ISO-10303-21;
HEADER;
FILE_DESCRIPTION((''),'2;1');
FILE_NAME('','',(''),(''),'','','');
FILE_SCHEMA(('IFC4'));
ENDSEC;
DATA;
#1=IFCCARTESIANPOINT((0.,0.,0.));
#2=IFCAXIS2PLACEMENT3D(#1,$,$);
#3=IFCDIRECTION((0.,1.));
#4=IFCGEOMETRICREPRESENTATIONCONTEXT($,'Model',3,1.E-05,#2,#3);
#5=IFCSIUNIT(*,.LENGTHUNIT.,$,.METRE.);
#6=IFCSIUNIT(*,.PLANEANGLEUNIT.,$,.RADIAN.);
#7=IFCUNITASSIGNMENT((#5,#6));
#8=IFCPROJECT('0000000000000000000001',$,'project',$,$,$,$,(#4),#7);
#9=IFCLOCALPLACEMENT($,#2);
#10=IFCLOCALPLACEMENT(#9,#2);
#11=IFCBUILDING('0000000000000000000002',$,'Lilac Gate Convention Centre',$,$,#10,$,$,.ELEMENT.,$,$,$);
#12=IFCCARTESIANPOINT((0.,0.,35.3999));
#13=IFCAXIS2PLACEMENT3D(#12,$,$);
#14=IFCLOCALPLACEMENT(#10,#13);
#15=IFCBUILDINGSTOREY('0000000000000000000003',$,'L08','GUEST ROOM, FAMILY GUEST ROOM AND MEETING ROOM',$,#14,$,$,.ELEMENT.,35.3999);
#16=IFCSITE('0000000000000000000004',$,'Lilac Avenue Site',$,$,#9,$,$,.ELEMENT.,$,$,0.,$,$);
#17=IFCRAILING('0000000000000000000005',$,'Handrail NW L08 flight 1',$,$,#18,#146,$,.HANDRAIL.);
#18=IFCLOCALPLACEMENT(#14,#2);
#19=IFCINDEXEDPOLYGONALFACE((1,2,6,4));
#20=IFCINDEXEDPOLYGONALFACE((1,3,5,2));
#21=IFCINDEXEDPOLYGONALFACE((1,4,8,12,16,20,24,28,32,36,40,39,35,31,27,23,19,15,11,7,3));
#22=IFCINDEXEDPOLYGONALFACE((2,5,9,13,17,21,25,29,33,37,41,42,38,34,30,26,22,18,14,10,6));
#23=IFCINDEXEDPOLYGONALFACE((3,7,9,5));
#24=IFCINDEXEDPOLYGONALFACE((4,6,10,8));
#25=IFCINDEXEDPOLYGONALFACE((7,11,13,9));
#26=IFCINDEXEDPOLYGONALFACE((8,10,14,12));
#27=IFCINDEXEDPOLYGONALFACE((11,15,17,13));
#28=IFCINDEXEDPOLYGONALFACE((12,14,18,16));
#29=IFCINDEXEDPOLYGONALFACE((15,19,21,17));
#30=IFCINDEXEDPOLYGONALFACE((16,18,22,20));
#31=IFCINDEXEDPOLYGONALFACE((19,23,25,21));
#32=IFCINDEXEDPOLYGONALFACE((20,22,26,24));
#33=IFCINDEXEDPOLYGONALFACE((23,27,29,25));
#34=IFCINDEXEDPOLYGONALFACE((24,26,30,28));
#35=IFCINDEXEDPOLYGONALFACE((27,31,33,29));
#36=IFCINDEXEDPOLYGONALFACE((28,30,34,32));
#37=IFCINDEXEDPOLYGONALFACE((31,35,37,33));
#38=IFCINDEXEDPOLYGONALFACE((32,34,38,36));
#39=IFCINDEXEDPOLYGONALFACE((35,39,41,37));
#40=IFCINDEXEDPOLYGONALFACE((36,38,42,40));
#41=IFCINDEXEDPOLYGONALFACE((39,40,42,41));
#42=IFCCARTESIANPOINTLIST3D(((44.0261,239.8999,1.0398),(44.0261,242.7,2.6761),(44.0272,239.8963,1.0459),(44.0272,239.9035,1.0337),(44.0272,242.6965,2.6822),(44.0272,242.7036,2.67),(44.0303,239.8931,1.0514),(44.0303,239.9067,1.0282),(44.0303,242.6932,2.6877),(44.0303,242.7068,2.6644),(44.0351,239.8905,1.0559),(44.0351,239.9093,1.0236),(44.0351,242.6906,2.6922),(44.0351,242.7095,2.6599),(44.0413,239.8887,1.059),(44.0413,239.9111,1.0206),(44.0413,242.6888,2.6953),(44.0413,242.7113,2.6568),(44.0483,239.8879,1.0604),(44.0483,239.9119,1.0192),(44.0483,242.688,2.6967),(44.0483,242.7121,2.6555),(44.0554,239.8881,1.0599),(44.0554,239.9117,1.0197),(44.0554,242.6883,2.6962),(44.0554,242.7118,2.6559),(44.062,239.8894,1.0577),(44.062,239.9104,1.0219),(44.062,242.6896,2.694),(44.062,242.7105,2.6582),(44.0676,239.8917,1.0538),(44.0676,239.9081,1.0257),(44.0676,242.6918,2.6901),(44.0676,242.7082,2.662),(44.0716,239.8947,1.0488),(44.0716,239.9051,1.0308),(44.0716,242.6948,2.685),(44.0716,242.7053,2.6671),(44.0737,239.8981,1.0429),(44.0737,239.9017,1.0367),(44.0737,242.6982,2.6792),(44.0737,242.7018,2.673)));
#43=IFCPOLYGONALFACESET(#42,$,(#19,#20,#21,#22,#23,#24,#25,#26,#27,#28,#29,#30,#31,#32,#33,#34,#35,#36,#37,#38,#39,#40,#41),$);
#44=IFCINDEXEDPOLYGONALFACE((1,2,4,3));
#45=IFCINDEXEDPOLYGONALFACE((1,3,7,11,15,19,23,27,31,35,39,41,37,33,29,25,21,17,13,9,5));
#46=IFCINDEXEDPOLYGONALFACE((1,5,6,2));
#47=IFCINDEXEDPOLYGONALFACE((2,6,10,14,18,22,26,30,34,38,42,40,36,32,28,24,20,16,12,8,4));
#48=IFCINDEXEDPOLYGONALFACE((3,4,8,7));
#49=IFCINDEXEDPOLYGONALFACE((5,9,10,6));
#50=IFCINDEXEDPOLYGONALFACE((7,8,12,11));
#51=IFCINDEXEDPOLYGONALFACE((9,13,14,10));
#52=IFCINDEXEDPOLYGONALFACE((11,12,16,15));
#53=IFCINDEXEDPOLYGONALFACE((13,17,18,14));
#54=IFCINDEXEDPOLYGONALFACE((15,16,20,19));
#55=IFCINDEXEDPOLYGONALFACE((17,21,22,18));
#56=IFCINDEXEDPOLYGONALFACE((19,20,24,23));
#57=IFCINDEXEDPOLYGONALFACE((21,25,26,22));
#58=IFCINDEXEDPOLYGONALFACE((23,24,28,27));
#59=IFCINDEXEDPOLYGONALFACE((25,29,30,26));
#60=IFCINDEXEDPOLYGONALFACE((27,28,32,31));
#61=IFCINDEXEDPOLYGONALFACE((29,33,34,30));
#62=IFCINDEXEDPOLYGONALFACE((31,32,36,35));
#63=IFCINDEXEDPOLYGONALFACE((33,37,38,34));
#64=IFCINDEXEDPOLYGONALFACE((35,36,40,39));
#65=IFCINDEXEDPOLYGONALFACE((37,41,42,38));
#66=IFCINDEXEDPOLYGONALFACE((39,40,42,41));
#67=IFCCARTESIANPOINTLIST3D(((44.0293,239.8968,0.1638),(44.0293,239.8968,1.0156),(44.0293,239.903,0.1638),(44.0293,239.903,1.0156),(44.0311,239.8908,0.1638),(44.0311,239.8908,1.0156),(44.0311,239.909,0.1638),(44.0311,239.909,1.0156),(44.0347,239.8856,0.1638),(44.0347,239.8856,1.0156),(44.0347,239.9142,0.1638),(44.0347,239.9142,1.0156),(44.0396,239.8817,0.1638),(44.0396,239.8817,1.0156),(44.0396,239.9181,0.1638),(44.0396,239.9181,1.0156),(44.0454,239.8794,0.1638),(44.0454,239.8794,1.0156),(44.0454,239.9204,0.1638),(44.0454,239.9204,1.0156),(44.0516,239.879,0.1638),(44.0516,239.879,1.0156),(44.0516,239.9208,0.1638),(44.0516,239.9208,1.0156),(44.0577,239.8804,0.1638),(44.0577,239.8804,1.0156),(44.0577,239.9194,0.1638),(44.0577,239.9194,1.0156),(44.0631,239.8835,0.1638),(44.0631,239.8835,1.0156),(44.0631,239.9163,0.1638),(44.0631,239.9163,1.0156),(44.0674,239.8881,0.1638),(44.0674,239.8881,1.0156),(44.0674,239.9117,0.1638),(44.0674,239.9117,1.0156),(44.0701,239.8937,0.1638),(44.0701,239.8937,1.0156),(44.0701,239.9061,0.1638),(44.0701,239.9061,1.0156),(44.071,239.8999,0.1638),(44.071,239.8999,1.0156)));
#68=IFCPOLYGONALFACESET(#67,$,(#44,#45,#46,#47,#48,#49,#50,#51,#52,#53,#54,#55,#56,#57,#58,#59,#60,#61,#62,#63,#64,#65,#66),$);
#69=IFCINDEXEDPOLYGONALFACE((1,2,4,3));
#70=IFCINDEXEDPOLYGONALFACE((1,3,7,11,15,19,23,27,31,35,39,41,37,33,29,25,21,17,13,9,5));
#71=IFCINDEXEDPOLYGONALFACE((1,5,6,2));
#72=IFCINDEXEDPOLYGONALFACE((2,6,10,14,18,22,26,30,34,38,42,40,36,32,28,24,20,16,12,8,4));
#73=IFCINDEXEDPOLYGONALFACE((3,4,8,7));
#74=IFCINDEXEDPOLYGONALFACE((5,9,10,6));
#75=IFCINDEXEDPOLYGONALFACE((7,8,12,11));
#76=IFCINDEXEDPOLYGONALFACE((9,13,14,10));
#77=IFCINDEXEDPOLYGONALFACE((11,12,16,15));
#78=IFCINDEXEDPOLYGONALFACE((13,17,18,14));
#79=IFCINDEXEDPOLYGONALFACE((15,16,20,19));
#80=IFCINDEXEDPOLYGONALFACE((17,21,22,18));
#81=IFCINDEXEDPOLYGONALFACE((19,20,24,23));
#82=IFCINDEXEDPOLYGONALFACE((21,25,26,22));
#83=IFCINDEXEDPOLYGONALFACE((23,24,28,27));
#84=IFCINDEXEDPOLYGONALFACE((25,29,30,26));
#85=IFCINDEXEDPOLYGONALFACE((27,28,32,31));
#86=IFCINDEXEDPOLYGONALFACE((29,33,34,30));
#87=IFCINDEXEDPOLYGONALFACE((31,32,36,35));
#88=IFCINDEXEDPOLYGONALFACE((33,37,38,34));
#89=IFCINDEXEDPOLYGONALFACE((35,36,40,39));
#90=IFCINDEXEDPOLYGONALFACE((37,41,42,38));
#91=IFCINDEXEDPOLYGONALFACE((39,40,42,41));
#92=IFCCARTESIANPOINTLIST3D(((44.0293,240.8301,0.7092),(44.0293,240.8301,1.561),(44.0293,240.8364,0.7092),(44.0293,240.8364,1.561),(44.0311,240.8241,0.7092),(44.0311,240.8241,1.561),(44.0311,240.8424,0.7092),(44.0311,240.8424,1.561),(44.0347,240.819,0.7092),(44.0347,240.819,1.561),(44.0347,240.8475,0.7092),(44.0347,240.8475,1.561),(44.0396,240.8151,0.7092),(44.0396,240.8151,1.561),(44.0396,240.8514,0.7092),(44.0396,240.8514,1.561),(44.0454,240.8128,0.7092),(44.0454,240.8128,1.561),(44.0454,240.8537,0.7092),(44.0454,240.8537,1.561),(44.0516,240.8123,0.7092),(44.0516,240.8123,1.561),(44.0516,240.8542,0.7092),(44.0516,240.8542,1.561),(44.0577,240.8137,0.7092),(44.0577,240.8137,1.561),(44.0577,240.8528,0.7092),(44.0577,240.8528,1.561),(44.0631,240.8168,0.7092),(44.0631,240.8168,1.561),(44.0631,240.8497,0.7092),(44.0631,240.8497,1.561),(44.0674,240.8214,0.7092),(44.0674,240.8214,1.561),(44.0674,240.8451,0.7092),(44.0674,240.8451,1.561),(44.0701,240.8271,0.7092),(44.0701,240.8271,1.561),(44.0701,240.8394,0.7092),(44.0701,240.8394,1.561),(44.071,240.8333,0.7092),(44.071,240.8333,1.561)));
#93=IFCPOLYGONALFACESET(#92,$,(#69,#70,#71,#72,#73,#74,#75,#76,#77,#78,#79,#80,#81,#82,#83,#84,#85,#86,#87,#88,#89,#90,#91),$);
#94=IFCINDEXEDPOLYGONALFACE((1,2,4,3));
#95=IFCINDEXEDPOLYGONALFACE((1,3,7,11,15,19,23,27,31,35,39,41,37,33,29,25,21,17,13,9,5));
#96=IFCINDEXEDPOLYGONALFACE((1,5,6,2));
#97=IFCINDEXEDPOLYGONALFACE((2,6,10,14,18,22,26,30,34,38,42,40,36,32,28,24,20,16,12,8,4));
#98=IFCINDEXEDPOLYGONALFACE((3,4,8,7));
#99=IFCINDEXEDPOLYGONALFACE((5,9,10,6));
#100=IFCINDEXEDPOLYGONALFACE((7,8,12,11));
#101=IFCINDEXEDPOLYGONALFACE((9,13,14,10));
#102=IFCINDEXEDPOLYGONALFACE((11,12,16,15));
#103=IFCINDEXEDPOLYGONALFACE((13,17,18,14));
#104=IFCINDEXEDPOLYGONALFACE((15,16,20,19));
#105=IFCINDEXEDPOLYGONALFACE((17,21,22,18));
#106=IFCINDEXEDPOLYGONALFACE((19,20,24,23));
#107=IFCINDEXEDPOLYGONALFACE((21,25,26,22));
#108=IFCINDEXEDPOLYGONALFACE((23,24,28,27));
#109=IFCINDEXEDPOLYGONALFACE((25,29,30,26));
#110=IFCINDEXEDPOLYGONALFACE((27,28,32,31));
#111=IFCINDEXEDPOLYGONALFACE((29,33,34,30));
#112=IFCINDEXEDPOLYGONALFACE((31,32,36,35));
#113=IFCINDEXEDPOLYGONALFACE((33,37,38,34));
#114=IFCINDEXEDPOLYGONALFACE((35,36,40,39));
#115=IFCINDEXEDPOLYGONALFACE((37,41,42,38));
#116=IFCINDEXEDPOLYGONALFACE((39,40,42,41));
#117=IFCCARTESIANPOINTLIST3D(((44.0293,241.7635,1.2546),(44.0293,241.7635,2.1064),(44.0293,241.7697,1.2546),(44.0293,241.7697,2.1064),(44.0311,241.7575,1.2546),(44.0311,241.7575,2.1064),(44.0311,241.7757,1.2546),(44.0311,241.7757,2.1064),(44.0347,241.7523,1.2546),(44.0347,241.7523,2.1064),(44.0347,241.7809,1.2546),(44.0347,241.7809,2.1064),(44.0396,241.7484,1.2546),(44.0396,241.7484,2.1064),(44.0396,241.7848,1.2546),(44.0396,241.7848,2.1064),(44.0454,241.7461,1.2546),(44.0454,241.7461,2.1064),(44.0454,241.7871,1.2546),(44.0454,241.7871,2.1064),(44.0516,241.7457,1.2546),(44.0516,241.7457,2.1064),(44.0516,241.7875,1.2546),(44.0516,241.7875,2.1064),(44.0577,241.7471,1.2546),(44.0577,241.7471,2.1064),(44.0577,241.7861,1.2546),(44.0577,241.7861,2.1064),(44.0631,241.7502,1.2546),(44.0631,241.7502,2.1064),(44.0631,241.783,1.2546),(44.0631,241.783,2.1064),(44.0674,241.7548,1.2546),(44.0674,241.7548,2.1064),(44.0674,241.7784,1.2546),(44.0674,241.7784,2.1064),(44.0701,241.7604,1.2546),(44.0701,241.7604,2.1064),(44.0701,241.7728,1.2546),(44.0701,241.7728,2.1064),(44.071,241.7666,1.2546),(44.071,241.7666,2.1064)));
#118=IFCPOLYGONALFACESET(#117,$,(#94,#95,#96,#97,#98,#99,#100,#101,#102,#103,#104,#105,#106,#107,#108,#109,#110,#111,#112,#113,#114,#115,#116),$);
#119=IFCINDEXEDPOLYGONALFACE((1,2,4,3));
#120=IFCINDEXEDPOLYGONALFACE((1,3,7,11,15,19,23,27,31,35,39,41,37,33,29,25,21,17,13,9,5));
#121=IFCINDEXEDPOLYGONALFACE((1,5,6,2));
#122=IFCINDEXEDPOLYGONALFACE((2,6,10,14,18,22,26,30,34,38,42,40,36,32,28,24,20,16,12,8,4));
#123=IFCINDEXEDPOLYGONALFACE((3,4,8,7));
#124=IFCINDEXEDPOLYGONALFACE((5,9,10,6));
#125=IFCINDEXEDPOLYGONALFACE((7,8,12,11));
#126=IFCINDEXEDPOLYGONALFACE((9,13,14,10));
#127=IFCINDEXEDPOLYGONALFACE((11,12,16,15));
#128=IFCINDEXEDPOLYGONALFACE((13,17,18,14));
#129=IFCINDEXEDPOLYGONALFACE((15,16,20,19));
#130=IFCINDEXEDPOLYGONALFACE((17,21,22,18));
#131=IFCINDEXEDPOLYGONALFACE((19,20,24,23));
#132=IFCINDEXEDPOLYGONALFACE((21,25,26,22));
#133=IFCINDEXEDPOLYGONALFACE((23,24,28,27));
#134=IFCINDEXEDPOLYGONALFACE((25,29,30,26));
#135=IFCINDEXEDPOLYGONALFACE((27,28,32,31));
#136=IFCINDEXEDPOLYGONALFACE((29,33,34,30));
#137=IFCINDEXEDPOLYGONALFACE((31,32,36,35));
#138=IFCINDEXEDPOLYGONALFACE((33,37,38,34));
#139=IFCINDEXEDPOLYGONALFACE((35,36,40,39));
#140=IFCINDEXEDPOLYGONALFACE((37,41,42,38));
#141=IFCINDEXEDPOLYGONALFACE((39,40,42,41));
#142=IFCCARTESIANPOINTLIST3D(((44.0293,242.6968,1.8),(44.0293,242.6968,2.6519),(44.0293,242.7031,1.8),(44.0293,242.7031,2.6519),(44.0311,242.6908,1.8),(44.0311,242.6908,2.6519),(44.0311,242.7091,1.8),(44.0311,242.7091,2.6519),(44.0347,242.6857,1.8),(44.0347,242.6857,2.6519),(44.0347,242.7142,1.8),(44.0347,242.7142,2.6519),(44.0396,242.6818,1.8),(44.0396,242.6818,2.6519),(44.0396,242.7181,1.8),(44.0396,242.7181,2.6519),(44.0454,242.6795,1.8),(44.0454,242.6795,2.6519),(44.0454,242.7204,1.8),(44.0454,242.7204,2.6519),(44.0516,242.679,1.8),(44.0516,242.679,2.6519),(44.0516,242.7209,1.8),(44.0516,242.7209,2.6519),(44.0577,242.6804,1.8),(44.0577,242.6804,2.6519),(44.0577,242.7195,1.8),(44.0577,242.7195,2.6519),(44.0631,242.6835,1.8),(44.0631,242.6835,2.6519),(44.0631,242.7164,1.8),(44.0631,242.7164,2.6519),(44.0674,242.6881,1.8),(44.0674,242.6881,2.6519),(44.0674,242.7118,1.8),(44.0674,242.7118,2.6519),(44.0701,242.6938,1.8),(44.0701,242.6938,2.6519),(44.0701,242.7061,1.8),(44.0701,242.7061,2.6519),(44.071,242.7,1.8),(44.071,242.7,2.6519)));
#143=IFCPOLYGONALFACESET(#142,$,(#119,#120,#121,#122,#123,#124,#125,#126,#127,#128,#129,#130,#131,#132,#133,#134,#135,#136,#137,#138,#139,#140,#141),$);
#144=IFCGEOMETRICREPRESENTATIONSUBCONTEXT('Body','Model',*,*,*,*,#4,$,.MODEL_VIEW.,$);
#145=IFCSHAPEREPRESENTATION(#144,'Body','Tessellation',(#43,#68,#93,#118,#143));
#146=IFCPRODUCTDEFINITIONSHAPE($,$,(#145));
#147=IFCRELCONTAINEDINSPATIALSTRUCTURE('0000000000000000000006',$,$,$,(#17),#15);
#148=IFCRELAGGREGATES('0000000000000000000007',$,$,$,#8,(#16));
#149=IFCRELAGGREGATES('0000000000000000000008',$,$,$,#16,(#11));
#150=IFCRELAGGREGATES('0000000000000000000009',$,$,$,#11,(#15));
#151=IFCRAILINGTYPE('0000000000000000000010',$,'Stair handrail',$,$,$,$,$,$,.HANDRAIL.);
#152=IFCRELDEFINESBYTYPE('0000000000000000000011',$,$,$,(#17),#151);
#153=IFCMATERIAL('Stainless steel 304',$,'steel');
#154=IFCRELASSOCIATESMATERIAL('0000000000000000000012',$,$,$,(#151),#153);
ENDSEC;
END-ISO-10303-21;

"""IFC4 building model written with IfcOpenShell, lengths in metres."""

from ifc_helpers import new_model, si_unit, direction, frame, origin, origin_2d, place, context, subcontext, project, spatial, circle, extrude, material, type_object, element, save


model = new_model("IFC4")

# Units and contexts
model_context = context("Model", 3, precision=1e-05, world=origin(), true_north=direction((0.0, 1.0)))
body_context = subcontext(model_context, "Body", "Model", "MODEL_VIEW")
ifc_project = project(units=[si_unit("LENGTHUNIT", "METRE"), si_unit("PLANEANGLEUNIT", "RADIAN")], contexts=[model_context])

# Site, building, storey
site_placement = place(None, origin())
site = spatial("IfcSite", under=ifc_project, at=site_placement, Name="Lilac Avenue Site", CompositionType="ELEMENT", RefElevation=0.0)
building_placement = place(site_placement, origin())
building = spatial("IfcBuilding", under=site, at=building_placement, Name="Lilac Gate Convention Centre", CompositionType="ELEMENT")
storey_placement = place(building_placement, frame((0.0, 0.0, 35.3999)))
storey = spatial("IfcBuildingStorey", under=building, at=storey_placement, Name="L08", Description="GUEST ROOM, FAMILY GUEST ROOM AND MEETING ROOM", CompositionType="ELEMENT", Elevation=35.3999)

# Railing
ifc_material_1 = material(Name="Stainless steel 304", Category="steel")
railing_type = type_object("IfcRailingType", Name="Stair handrail", PredefinedType="HANDRAIL", material=ifc_material_1)
for number, where, name in (
    (1, (44.05, 239.8999, 0.1638), "Handrail NW L08 flight 1"),
):
    element("IfcRailing", number, at=place(storey_placement, frame(where)), inside=storey, type_object=railing_type, Name=name, PredefinedType="HANDRAIL", context=body_context, shape_type="SweptSolid", body=[
        extrude(circle(Radius=0.0239, at=origin_2d()), frame((0.0, 0.0, 0.876), z_axis=(0.0, 0.863394, 0.504531), x_axis=(-1.0, 0.0, 0.0)), (0.0, 0.0, 1.0), 3.2432),
        extrude(circle(Radius=0.021, at=origin_2d()), origin(), (0.0, 0.0, 1.0), 0.8518),
        extrude(circle(Radius=0.021, at=origin_2d()), frame((0.0, 0.9333, 0.5454)), (0.0, 0.0, 1.0), 0.8518),
        extrude(circle(Radius=0.021, at=origin_2d()), frame((0.0, 1.8667, 1.0908)), (0.0, 0.0, 1.0), 0.8518),
        extrude(circle(Radius=0.021, at=origin_2d()), frame((0.0, 2.8, 1.6362)), (0.0, 0.0, 1.0), 0.8518),
    ])

save(model, "model.ifc")
